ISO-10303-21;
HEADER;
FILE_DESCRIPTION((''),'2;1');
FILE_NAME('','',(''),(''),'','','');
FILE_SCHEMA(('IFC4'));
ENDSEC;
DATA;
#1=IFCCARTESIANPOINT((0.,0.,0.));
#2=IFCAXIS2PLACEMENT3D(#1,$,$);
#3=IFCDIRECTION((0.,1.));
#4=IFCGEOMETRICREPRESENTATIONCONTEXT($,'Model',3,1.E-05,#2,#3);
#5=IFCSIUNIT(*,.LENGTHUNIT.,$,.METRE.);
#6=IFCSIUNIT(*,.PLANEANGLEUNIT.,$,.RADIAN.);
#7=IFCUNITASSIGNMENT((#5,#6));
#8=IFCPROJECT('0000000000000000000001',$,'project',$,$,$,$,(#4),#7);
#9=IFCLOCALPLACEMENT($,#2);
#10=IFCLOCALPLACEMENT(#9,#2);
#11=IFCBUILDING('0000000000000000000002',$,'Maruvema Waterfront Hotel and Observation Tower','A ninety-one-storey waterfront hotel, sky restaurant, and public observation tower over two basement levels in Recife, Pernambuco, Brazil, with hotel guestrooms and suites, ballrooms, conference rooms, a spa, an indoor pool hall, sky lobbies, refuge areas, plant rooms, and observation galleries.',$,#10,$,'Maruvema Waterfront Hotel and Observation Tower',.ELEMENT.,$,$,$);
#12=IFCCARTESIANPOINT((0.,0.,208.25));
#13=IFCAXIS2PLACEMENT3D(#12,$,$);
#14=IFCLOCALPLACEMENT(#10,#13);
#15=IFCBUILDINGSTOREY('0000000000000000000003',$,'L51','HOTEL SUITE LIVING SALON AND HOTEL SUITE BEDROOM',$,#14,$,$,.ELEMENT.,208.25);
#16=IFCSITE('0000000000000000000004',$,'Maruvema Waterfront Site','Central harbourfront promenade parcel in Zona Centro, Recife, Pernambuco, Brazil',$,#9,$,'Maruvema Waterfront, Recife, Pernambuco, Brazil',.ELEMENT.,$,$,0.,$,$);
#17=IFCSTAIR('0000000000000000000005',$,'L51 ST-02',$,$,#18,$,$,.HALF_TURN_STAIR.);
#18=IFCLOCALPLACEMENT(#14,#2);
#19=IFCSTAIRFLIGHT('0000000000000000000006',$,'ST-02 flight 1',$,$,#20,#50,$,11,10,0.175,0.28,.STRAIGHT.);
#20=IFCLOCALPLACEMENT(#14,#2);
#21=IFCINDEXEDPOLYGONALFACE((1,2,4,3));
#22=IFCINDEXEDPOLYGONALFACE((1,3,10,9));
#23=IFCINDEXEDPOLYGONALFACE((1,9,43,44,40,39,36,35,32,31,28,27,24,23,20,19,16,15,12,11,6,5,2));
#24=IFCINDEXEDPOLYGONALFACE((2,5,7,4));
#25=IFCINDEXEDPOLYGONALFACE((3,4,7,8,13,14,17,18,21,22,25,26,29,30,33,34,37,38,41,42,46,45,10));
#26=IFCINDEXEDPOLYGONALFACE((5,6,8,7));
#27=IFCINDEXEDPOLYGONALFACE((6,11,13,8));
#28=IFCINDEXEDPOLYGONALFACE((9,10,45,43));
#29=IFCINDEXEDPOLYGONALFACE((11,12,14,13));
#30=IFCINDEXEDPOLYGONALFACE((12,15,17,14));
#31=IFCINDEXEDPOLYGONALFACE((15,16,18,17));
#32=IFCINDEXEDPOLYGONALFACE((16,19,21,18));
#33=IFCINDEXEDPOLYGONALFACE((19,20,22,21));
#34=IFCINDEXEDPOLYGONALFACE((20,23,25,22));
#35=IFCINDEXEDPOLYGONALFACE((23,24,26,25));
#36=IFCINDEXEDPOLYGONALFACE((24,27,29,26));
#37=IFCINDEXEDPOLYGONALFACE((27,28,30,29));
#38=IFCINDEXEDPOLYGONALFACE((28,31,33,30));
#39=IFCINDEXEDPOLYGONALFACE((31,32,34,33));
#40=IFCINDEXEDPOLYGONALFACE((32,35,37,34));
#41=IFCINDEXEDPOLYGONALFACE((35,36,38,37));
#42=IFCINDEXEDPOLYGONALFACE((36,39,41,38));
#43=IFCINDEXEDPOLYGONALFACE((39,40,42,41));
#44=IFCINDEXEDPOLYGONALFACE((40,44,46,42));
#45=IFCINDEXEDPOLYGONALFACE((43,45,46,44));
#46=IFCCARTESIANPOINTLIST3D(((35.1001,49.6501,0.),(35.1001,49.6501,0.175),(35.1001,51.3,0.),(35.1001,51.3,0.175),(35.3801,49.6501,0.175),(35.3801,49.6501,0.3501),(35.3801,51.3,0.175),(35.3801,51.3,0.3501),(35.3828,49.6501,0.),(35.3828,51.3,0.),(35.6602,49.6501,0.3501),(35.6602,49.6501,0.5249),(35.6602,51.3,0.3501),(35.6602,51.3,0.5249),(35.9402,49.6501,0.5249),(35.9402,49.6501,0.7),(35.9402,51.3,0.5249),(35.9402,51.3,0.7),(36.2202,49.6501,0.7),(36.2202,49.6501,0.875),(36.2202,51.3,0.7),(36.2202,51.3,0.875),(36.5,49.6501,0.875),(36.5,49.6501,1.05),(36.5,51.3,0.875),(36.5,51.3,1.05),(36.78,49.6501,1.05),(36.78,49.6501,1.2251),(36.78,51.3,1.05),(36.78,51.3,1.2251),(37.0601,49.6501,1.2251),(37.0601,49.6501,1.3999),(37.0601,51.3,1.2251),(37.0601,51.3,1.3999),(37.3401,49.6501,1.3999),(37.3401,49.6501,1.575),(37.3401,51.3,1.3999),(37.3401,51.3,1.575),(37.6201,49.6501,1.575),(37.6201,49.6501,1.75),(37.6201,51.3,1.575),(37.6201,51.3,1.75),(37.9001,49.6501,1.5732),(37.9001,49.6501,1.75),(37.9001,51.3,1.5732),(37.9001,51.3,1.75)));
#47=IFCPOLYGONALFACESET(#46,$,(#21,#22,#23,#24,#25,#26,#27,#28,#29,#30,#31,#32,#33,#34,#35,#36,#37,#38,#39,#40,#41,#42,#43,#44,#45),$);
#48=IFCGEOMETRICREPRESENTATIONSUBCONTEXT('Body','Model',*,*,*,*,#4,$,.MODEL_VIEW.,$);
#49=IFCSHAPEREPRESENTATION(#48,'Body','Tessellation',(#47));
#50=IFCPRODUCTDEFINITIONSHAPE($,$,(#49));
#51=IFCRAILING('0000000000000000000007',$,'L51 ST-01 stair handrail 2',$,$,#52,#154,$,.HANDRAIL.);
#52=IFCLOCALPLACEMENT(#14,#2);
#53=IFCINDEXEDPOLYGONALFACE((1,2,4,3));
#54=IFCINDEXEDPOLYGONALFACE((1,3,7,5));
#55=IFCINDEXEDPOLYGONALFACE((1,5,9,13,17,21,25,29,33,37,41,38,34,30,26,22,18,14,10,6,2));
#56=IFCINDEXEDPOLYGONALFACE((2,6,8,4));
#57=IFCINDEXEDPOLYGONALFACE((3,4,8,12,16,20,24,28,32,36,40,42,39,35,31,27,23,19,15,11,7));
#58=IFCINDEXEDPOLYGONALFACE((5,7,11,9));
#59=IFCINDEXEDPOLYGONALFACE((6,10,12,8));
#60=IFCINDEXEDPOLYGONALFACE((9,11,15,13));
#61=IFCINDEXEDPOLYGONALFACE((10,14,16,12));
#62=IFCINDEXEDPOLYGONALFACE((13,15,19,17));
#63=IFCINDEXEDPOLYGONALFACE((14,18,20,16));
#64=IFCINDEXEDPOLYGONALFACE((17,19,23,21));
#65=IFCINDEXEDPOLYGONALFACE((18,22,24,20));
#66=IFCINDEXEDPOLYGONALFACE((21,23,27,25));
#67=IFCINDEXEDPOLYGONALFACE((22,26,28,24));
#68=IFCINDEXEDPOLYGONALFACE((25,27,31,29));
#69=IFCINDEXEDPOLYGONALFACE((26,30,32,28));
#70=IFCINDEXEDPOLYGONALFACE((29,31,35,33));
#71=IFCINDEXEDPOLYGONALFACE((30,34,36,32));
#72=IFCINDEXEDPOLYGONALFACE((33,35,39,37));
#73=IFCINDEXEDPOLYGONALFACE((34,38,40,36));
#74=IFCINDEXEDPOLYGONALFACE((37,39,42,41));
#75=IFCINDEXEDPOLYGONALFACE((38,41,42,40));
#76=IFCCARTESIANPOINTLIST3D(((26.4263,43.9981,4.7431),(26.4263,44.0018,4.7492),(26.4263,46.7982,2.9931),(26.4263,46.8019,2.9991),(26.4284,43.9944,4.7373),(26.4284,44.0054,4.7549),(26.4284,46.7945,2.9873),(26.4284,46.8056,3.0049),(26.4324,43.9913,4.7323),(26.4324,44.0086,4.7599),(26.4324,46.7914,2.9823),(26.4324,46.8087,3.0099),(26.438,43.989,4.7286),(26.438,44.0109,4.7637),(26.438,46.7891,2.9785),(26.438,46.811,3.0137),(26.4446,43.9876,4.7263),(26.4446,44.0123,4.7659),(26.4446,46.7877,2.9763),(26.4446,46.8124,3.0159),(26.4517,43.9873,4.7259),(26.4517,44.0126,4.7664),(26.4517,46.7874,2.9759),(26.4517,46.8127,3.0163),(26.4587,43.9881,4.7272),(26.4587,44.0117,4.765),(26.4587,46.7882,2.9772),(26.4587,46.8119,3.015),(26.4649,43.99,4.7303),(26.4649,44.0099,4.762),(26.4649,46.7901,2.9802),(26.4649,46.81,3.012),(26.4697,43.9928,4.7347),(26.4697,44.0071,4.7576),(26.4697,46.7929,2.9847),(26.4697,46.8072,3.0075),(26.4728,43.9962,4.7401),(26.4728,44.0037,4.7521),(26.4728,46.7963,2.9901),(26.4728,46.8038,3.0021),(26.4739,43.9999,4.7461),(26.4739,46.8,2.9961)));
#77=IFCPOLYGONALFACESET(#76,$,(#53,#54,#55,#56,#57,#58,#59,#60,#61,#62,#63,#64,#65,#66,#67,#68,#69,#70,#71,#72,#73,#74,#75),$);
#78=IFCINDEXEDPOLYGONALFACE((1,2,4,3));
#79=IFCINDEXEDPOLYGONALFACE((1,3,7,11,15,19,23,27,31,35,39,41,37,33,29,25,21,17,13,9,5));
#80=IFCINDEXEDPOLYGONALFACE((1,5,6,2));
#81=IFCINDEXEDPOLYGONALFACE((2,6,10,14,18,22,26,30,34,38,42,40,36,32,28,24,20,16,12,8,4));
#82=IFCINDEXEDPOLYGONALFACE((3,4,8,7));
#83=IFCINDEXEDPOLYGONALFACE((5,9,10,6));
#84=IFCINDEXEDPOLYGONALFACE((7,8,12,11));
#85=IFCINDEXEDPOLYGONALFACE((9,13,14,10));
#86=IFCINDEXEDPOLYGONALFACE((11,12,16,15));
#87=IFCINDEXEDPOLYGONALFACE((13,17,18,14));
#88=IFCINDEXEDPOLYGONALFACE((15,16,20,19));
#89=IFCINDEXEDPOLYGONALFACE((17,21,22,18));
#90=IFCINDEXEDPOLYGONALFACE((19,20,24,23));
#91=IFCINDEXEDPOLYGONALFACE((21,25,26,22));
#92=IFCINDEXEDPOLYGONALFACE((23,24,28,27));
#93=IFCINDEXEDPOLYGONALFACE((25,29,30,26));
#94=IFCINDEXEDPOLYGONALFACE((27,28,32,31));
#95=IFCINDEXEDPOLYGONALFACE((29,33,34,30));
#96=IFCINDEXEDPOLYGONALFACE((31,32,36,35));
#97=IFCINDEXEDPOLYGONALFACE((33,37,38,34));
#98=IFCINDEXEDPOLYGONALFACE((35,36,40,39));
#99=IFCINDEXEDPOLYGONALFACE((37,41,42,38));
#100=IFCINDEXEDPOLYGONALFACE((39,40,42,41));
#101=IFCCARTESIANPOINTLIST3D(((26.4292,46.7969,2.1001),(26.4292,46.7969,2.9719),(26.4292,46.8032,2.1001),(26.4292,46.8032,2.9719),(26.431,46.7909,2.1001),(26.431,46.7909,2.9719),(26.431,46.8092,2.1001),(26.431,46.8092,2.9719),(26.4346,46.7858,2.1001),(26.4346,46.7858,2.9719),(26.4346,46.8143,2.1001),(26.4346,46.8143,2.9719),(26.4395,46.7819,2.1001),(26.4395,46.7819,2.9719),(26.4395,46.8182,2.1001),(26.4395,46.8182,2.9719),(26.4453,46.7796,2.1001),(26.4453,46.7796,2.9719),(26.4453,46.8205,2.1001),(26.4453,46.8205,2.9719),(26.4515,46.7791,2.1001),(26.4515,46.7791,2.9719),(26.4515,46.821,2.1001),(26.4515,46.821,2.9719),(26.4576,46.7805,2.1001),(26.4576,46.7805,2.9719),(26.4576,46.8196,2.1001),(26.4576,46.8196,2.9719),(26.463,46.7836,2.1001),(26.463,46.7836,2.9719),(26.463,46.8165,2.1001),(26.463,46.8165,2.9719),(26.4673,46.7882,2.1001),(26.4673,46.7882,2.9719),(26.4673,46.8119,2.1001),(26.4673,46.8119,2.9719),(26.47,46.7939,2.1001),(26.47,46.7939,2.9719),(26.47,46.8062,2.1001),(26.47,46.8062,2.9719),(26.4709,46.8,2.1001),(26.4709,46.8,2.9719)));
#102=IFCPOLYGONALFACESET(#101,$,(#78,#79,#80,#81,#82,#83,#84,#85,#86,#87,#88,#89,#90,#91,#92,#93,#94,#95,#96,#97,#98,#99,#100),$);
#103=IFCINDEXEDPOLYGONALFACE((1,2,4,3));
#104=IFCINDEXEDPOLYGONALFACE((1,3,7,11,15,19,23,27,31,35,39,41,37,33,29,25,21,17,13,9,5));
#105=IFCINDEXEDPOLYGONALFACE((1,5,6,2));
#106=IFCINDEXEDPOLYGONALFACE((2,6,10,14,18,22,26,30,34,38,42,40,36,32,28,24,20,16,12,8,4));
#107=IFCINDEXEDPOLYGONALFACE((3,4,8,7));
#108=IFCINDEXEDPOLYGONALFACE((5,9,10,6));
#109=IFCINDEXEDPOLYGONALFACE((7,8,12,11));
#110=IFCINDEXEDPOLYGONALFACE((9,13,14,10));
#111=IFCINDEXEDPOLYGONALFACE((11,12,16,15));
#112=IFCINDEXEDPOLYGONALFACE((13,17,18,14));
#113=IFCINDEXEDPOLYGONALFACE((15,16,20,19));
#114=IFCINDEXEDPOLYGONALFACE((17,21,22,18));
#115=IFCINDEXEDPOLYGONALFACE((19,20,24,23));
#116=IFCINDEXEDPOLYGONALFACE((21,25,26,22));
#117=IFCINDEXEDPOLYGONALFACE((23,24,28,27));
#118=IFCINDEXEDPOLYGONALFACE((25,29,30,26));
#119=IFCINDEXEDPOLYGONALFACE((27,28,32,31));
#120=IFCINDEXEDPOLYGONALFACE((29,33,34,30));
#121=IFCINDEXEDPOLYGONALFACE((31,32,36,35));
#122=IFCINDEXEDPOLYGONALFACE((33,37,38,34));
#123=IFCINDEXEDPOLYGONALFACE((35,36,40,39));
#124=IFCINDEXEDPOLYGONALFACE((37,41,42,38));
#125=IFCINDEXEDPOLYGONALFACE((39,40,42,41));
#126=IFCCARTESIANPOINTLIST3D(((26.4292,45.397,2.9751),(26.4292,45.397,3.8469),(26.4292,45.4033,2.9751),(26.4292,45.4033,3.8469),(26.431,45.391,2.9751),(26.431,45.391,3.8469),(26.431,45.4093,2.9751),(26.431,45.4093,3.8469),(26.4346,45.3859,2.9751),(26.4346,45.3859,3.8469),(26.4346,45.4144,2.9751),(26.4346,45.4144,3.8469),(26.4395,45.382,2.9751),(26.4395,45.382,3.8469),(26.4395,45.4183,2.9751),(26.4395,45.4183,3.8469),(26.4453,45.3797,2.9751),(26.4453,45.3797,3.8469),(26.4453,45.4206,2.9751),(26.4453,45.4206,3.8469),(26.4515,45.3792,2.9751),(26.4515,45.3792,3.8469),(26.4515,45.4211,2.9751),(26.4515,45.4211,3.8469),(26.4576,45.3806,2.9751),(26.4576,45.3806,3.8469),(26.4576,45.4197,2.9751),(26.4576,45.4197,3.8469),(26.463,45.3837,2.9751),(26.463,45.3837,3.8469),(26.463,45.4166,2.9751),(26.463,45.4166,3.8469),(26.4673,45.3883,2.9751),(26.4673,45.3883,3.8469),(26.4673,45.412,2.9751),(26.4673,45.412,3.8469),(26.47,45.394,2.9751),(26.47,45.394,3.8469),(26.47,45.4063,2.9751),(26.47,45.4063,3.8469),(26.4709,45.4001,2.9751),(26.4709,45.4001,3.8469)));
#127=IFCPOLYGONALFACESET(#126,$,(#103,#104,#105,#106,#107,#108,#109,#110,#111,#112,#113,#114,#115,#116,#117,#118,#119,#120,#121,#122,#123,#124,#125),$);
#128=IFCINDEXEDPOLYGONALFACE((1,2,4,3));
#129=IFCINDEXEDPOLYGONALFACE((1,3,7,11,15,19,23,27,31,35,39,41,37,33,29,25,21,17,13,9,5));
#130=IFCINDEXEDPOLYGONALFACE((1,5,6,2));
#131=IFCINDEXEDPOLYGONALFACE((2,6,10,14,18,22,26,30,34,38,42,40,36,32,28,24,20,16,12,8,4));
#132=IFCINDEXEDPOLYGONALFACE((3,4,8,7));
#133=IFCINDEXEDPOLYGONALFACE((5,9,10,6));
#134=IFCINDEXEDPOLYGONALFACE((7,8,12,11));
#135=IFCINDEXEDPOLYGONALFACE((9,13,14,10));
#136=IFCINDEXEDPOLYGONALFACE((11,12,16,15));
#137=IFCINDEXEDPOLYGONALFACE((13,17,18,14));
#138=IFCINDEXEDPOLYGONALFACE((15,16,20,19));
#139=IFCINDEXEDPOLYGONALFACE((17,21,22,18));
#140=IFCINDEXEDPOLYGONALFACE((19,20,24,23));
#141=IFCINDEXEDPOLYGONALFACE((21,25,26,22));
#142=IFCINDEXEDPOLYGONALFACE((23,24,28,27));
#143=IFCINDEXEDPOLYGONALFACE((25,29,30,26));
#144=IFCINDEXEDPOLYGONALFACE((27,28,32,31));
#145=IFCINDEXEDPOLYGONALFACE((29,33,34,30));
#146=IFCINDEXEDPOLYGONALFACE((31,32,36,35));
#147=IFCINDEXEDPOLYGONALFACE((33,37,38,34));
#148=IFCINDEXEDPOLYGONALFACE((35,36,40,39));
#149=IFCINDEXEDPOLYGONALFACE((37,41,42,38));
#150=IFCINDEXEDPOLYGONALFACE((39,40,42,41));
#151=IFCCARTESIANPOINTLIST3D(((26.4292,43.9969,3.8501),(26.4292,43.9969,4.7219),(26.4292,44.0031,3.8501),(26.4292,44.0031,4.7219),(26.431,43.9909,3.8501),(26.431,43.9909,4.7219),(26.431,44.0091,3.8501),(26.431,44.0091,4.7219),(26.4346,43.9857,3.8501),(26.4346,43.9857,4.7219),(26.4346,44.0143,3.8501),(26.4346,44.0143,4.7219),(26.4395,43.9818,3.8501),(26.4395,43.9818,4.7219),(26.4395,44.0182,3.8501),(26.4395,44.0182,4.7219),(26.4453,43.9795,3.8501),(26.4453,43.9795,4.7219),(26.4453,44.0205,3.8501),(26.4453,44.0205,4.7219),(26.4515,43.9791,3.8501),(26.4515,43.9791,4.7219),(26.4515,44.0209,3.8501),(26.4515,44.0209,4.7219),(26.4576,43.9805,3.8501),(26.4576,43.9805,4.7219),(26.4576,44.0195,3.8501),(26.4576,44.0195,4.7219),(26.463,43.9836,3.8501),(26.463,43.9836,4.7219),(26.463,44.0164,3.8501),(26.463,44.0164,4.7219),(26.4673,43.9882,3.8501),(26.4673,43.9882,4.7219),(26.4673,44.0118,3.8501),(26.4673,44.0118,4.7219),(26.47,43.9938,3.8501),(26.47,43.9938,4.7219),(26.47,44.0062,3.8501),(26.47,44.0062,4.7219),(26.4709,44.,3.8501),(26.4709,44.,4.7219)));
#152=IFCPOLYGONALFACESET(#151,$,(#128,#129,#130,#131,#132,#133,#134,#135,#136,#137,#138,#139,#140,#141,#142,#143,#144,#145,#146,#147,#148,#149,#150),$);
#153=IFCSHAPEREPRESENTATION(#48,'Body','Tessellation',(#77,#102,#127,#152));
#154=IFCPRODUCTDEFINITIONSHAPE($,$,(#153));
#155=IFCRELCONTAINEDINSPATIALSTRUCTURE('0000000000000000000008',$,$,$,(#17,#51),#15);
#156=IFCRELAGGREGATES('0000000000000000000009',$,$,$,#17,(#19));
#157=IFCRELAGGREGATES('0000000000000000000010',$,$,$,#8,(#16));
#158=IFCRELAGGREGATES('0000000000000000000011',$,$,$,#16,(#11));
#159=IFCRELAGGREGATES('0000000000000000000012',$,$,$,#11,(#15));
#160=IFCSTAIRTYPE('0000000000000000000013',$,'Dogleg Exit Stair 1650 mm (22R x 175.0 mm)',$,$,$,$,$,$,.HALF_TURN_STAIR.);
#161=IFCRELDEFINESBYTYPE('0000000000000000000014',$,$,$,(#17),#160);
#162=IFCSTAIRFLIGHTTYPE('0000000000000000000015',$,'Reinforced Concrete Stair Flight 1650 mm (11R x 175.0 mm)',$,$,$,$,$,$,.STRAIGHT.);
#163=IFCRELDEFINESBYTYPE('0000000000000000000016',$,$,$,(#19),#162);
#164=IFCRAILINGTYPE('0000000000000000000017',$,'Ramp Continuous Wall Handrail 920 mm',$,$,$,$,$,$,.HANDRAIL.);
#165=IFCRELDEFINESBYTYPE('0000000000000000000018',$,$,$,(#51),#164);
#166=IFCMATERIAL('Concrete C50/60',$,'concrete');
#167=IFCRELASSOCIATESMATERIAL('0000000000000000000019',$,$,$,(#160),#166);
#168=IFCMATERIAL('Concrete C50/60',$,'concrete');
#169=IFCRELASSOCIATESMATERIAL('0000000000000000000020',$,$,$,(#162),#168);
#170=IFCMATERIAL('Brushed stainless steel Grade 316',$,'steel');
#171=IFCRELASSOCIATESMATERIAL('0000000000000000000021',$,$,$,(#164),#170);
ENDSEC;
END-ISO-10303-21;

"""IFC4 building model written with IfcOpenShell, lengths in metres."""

from ifc_helpers import new_model, si_unit, direction, frame, origin, origin_2d, place, context, subcontext, project, spatial, polyline, circle, outline, extrude, material, type_object, element, aggregate, save


model = new_model("IFC4")

# Units and contexts
model_context = context("Model", 3, precision=1e-05, world=origin(), true_north=direction((0.0, 1.0)))
body_context = subcontext(model_context, "Body", "Model", "MODEL_VIEW")
ifc_project = project(units=[si_unit("LENGTHUNIT", "METRE"), si_unit("PLANEANGLEUNIT", "RADIAN")], contexts=[model_context])

# Site, building, storey
site_placement = place(None, origin())
site = spatial("IfcSite", under=ifc_project, at=site_placement, Name="Maruvema Waterfront Site", Description="Central harbourfront promenade parcel in Zona Centro, Recife, Pernambuco, Brazil", LongName="Maruvema Waterfront, Recife, Pernambuco, Brazil", CompositionType="ELEMENT", RefElevation=0.0)
building_placement = place(site_placement, origin())
building = spatial("IfcBuilding", under=site, at=building_placement, Name="Maruvema Waterfront Hotel and Observation Tower", Description="A ninety-one-storey waterfront hotel, sky restaurant, and public observation tower over two basement levels in Recife, Pernambuco, Brazil, with hotel guestrooms and suites, ballrooms, conference rooms, a spa, an indoor pool hall, sky lobbies, refuge areas, plant rooms, and observation galleries.", LongName="Maruvema Waterfront Hotel and Observation Tower", CompositionType="ELEMENT")
storey_placement = place(building_placement, frame((0.0, 0.0, 208.25)))
storey = spatial("IfcBuildingStorey", under=building, at=storey_placement, Name="L51", Description="HOTEL SUITE LIVING SALON AND HOTEL SUITE BEDROOM", CompositionType="ELEMENT", Elevation=208.25)

# Stair, stair flight
ifc_material_1 = material(Name="Concrete C50/60", Category="concrete")
stair_type = type_object("IfcStairType", Name="Dogleg Exit Stair 1650 mm (22R x 175.0 mm)", PredefinedType="HALF_TURN_STAIR", material=ifc_material_1)
ifc_material_2 = material(Name="Concrete C50/60", Category="concrete")
stair_flight_type = type_object("IfcStairFlightType", Name="Reinforced Concrete Stair Flight 1650 mm (11R x 175.0 mm)", PredefinedType="STRAIGHT", material=ifc_material_2)
stair_1_placement = place(storey_placement, origin())
stair_1 = element("IfcStair", 1, at=stair_1_placement, inside=storey, type_object=stair_type, Name="L51 ST-02", PredefinedType="HALF_TURN_STAIR")
stair_flight_1_placement = place(storey_placement, frame((35.1001, 50.4751, 0.0), z_axis=(0.0, 0.0, 1.0), x_axis=(1.0, 0.0, 0.0)))
stair_flight_1 = element("IfcStairFlight", 2, at=stair_flight_1_placement, type_object=stair_flight_type, Name="ST-02 flight 1", NumberOfRisers=11, NumberOfTreads=10, PredefinedType="STRAIGHT", RiserHeight=0.175, TreadLength=0.28, context=body_context, shape_type="SweptSolid", body=[
    extrude(outline(polyline([(0.0, 0.0), (0.0, 0.175), (0.28, 0.175), (0.28, 0.3501), (0.5601, 0.3501), (0.5601, 0.5249), (0.8401, 0.5249), (0.8401, 0.7), (1.1201, 0.7), (1.1201, 0.875), (1.3999, 0.875), (1.3999, 1.05), (1.6799, 1.05), (1.6799, 1.2251), (1.96, 1.2251), (1.96, 1.3999), (2.24, 1.3999), (2.24, 1.575), (2.52, 1.575), (2.52, 1.75), (2.8, 1.75), (2.8, 1.925), (2.8, 1.5732), (0.2827, 0.0), (0.0, 0.0)])), frame((0.0, 0.825, 0.0), z_axis=(0.0, -1.0, 0.0), x_axis=(1.0, 0.0, 0.0)), (0.0, 0.0, 1.0), 1.6499),
])
aggregate(stair_1, [stair_flight_1])

# Railing
ifc_material_3 = material(Name="Brushed stainless steel Grade 316", Category="steel")
railing_type_1 = type_object("IfcRailingType", Name="Ramp Continuous Wall Handrail 920 mm", PredefinedType="HANDRAIL", material=ifc_material_3)
railing_1_placement = place(storey_placement, frame((26.45, 46.8, 2.1001)))
element("IfcRailing", 3, at=railing_1_placement, inside=storey, type_object=railing_type_1, Name="L51 ST-01 stair handrail 2", PredefinedType="HANDRAIL", context=body_context, shape_type="SweptSolid", body=[
    extrude(circle(Radius=0.0239, at=origin_2d()), frame((0.0, 0.0, 0.896), z_axis=(0.0, -0.848002, 0.529992), x_axis=(1.0, 0.0, 0.0)), (0.0, 0.0, 1.0), 3.302),
    extrude(circle(Radius=0.021, at=origin_2d()), origin(), (0.0, 0.0, 1.0), 0.8718),
    extrude(circle(Radius=0.021, at=origin_2d()), frame((0.0, -1.3999, 0.875)), (0.0, 0.0, 1.0), 0.8718),
    extrude(circle(Radius=0.021, at=origin_2d()), frame((0.0, -2.8, 1.75)), (0.0, 0.0, 1.0), 0.8718),
])

save(model, "model.ifc")
